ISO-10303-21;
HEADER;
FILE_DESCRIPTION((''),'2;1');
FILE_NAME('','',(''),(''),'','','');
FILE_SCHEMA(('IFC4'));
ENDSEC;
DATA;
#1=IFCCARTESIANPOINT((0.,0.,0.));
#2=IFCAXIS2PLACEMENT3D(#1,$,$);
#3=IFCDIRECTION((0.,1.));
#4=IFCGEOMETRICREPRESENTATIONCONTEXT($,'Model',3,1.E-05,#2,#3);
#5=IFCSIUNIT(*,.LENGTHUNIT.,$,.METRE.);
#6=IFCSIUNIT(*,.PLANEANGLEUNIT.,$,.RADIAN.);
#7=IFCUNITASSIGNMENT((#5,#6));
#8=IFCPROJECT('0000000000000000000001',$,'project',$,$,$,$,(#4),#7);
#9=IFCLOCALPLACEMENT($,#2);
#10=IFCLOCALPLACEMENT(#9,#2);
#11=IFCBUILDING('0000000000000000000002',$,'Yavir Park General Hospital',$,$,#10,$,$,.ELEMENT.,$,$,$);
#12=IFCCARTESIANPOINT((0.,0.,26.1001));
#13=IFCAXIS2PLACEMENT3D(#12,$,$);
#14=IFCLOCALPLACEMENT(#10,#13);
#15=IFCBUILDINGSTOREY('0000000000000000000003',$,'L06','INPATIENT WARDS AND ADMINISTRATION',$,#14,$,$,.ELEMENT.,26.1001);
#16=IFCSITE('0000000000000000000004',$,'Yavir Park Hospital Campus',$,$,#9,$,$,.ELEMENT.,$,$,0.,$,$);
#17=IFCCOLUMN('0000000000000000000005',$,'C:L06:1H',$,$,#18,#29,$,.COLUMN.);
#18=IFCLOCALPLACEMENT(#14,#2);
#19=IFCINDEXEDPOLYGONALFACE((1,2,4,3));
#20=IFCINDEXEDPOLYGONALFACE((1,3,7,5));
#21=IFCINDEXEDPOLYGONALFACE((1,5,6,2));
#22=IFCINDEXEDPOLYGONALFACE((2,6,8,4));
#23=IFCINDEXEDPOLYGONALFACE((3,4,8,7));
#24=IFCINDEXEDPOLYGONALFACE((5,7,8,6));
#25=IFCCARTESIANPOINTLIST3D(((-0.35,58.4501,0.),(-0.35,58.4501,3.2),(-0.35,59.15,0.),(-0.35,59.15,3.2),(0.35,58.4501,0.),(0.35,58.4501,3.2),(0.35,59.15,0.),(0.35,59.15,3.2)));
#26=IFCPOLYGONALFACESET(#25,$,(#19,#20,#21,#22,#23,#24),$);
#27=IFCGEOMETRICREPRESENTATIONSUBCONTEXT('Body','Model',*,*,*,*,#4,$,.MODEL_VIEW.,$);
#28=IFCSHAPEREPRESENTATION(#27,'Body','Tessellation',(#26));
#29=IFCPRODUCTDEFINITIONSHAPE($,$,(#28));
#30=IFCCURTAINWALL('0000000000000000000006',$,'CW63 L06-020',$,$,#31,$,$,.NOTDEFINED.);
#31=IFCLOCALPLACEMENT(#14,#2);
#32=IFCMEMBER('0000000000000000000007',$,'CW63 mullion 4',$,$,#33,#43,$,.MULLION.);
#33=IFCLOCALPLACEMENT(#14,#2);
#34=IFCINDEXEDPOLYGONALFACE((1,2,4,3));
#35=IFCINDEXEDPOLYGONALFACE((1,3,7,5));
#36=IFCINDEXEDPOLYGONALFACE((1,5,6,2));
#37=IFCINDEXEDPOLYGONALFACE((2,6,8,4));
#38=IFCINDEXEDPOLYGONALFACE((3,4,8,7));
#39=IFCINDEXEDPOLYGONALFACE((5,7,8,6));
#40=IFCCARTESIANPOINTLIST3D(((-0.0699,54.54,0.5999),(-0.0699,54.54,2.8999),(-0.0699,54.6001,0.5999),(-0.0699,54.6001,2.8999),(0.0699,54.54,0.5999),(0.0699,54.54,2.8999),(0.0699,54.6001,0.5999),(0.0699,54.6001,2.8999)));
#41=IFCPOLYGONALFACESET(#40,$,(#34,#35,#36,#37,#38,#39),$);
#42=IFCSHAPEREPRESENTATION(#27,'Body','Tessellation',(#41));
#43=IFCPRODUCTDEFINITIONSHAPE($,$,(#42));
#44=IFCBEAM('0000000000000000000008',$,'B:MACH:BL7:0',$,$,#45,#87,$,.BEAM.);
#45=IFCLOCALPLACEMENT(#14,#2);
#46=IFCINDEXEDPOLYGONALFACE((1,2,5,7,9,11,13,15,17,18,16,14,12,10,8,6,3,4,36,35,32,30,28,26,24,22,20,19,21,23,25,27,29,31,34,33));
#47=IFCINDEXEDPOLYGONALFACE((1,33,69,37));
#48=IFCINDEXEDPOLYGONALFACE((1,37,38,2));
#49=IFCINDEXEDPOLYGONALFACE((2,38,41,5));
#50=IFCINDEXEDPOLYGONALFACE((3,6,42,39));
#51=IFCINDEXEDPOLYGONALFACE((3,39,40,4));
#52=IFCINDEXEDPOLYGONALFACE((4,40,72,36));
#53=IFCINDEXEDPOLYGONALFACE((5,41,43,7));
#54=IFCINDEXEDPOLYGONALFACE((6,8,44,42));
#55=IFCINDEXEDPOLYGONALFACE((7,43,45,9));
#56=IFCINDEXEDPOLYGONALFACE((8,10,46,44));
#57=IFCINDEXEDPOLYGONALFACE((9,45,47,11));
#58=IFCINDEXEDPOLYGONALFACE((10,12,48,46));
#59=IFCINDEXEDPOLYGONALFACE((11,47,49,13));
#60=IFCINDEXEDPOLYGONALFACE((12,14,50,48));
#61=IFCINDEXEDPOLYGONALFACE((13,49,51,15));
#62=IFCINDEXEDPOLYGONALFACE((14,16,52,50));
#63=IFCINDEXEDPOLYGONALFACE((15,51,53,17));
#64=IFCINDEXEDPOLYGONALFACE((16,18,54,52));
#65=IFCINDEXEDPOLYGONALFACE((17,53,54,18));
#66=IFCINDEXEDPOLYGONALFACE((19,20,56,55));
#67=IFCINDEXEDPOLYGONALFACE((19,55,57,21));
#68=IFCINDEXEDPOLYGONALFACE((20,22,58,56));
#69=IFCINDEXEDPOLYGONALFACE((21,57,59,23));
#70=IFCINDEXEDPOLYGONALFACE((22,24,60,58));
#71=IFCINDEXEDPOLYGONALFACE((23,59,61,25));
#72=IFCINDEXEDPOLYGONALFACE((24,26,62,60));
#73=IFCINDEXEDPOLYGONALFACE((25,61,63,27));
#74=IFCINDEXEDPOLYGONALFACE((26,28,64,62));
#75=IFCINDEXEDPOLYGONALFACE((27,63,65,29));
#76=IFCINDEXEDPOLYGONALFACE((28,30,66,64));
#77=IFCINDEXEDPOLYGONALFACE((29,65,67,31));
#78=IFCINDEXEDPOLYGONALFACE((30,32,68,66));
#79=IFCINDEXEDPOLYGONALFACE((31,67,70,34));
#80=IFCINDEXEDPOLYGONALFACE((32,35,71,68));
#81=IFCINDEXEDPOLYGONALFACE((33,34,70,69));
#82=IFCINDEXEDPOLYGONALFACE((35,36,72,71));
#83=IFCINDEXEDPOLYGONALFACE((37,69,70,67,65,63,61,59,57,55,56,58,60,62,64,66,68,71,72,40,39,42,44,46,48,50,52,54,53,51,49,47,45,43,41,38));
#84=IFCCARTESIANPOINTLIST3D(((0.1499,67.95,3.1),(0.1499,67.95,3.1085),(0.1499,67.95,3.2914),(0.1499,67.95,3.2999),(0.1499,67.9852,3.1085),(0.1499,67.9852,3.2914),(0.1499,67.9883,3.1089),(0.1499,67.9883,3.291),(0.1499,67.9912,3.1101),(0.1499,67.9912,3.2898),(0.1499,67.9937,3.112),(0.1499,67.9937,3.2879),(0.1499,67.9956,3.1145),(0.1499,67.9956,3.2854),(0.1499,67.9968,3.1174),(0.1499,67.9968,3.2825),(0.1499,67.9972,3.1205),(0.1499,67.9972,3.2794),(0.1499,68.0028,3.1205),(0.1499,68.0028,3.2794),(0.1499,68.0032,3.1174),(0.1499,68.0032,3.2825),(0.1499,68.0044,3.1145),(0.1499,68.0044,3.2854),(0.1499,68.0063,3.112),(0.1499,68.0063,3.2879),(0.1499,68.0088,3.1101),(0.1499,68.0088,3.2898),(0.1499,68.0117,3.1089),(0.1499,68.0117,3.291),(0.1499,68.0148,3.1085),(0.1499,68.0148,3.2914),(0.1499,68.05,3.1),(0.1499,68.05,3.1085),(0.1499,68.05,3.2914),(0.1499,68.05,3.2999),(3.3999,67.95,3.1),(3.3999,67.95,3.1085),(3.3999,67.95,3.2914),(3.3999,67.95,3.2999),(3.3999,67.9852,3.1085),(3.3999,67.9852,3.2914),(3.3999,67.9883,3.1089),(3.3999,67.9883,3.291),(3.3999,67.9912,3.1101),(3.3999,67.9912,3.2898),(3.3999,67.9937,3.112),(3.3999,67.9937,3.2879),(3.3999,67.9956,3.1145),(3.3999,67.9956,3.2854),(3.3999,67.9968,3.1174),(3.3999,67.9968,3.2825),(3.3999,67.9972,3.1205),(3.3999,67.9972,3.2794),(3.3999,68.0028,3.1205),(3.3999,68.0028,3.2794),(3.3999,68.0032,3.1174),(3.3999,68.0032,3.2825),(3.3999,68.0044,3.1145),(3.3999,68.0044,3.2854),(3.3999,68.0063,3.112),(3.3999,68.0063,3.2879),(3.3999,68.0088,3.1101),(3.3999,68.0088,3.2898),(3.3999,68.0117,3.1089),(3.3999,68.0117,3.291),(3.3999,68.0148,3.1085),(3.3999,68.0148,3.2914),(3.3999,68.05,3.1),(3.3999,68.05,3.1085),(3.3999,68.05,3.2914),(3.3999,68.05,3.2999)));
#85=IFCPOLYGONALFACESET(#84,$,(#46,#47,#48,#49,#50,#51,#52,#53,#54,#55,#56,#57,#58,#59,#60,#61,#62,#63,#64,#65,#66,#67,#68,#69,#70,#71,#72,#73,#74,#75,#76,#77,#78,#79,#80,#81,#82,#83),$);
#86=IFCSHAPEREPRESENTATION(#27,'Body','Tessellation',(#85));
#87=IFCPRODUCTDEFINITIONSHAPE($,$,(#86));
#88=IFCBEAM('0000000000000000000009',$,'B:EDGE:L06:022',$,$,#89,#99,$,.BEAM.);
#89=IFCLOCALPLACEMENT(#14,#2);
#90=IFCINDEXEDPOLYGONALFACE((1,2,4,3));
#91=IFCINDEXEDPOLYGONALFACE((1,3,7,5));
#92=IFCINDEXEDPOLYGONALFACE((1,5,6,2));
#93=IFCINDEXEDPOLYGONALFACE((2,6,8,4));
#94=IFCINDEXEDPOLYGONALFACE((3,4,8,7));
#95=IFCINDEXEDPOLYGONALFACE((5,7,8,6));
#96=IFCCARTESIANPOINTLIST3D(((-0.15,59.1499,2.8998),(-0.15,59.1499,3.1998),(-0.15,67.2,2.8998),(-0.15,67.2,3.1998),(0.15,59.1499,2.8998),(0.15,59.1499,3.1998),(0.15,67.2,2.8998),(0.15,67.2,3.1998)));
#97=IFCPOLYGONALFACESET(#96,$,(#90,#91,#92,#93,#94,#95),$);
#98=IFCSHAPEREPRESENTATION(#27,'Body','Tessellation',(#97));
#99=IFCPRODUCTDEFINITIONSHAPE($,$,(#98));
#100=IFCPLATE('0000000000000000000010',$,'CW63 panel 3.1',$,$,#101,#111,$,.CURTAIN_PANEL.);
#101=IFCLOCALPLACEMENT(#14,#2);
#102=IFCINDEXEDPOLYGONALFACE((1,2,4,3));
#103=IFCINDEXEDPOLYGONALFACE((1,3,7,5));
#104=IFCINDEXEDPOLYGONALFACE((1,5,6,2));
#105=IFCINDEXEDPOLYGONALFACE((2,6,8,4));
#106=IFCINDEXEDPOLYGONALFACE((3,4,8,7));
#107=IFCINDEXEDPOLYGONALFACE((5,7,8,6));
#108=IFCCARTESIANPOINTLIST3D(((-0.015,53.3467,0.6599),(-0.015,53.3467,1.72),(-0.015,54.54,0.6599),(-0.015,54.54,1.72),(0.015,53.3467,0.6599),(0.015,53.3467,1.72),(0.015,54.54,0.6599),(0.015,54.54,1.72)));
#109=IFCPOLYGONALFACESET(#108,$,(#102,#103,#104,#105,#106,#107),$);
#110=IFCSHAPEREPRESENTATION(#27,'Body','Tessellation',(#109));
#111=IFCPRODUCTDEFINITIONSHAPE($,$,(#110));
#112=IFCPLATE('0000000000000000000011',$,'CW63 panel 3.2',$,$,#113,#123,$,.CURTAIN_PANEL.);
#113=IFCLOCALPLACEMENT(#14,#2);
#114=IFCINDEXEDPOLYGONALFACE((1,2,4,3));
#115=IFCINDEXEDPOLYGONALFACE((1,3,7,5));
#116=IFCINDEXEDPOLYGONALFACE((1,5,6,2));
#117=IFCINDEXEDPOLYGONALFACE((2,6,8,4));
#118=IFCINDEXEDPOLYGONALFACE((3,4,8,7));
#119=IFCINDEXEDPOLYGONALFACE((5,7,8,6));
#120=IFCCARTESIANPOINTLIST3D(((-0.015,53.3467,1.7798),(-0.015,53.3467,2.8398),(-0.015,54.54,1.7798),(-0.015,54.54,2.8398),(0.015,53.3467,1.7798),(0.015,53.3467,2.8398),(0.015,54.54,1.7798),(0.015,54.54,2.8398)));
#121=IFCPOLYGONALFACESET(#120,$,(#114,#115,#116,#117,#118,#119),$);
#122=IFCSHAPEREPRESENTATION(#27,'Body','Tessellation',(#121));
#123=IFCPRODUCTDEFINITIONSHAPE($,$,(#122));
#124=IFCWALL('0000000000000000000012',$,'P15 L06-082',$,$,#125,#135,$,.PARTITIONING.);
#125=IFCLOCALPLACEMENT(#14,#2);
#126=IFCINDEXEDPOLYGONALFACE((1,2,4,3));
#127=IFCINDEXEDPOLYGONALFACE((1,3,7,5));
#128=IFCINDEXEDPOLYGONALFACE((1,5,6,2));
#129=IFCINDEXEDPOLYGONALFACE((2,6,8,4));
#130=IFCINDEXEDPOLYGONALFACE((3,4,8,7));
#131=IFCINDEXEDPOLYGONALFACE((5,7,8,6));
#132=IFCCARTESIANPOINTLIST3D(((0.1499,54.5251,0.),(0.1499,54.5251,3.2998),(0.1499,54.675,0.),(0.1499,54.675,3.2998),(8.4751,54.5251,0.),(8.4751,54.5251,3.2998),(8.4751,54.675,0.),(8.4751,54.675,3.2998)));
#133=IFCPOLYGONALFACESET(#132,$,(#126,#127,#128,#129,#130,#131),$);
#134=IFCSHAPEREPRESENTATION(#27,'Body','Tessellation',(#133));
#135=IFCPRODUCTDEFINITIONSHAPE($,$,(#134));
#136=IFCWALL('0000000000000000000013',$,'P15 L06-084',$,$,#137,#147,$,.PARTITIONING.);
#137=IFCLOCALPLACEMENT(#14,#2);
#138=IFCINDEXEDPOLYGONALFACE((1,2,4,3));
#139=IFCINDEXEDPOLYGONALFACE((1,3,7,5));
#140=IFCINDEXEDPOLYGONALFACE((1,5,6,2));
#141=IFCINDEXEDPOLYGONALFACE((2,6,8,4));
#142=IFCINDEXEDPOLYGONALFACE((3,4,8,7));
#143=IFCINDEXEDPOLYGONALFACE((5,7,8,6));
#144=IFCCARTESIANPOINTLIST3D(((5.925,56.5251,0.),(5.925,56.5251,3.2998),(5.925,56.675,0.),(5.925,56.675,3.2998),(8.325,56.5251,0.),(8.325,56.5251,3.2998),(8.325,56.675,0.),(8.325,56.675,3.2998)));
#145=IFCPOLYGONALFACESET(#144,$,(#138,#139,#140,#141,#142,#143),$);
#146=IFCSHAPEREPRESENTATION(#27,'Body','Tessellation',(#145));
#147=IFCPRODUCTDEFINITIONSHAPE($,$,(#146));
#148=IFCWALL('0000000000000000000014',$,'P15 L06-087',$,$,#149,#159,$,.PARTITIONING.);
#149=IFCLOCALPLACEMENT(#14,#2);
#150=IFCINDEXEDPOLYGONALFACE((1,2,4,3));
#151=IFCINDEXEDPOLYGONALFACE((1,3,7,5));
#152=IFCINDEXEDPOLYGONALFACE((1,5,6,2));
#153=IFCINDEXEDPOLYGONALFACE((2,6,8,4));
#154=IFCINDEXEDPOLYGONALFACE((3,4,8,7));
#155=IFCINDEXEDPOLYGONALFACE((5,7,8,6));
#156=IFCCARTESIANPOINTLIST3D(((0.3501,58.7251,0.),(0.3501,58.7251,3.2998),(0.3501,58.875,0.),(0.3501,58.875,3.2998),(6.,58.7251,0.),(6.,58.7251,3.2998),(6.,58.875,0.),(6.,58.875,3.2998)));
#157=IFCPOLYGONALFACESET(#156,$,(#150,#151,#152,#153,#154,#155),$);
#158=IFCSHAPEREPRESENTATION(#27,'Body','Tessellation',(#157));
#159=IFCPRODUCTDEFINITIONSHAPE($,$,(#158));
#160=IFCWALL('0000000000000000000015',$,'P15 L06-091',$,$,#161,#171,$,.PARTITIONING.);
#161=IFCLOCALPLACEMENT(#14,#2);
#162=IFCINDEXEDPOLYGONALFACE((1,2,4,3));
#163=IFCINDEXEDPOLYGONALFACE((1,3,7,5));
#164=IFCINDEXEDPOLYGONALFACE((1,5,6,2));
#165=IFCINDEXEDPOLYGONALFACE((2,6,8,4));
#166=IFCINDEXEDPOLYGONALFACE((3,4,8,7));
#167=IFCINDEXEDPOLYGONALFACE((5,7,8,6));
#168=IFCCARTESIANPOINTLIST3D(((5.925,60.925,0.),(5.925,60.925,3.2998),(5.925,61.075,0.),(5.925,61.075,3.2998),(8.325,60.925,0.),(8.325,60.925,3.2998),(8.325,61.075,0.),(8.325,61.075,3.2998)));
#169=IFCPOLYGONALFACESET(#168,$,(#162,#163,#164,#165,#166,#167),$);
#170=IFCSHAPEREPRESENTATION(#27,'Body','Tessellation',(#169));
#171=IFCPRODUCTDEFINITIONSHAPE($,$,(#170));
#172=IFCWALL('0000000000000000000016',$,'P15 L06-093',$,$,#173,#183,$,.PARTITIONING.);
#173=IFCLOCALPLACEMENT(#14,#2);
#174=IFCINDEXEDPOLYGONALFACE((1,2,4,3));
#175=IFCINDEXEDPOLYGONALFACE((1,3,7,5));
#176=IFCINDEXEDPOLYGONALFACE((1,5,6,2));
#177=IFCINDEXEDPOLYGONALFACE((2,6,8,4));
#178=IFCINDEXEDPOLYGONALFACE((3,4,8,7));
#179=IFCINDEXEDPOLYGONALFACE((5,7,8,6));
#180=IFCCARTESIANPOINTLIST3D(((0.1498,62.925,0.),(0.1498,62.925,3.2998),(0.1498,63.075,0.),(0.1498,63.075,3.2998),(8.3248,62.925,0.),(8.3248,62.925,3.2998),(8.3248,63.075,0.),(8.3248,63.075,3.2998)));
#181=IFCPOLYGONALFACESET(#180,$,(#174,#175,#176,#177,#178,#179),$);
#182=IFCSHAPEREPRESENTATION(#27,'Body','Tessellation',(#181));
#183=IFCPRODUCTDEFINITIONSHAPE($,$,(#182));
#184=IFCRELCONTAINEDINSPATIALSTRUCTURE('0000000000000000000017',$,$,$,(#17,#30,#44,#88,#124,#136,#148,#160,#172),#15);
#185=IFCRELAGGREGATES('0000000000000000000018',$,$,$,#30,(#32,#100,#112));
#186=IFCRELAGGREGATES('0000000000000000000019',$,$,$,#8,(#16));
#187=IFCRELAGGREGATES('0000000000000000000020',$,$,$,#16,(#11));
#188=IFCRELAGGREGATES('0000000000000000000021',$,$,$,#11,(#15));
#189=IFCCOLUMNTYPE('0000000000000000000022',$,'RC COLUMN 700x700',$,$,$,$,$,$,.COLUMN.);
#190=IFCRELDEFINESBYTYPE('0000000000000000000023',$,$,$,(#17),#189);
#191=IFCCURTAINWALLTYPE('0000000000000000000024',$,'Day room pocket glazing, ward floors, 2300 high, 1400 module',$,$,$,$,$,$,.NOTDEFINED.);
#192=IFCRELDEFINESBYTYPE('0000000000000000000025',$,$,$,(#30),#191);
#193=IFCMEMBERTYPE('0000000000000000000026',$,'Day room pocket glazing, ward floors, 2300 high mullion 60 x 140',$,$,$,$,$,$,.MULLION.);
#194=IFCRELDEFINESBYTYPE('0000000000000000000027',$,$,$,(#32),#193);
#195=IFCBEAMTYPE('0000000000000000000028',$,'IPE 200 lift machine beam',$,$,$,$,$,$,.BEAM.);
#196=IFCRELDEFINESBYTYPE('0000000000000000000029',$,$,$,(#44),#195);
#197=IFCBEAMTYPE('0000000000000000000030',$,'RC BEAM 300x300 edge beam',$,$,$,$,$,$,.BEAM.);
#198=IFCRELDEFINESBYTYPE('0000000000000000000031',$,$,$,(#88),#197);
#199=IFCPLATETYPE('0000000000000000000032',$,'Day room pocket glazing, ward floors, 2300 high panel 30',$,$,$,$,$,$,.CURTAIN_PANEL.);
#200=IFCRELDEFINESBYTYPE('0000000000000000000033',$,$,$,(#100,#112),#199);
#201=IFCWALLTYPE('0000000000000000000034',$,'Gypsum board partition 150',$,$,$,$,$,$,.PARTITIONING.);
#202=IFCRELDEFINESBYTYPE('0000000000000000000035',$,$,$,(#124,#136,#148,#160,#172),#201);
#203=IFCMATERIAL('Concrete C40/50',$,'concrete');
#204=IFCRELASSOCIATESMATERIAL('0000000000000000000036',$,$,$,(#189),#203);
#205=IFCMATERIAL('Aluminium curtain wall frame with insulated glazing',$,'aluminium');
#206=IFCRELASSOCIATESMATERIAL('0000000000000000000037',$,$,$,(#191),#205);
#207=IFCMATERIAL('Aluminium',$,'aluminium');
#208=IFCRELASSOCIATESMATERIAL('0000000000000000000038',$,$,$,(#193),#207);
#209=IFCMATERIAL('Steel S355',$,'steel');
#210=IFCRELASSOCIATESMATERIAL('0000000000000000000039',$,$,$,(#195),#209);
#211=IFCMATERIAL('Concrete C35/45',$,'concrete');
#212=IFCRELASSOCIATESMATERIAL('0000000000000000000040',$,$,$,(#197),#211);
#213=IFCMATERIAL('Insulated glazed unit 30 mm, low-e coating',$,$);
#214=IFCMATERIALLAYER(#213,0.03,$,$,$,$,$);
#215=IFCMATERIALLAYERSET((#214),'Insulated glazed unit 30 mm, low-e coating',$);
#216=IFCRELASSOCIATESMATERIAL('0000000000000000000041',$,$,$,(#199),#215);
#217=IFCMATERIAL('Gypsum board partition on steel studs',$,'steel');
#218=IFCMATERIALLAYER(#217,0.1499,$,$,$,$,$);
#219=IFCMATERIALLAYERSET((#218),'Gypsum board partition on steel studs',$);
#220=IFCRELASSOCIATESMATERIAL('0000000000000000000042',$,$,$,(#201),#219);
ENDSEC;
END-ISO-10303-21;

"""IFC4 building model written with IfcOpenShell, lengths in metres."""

from ifc_helpers import new_model, si_unit, direction, frame, frame_2d, origin, origin_2d, place, context, subcontext, project, spatial, rectangle, i_section, extrude, material, layer, layer_set, material_profile, profile_set, type_object, element, aggregate, save


model = new_model("IFC4")

# Units and contexts
model_context = context("Model", 3, precision=1e-05, world=origin(), true_north=direction((0.0, 1.0)))
body_context = subcontext(model_context, "Body", "Model", "MODEL_VIEW")
ifc_project = project(units=[si_unit("LENGTHUNIT", "METRE"), si_unit("PLANEANGLEUNIT", "RADIAN")], contexts=[model_context])

# Site, building, storey
site_placement = place(None, origin())
site = spatial("IfcSite", under=ifc_project, at=site_placement, Name="Yavir Park Hospital Campus", CompositionType="ELEMENT", RefElevation=0.0)
building_placement = place(site_placement, origin())
building = spatial("IfcBuilding", under=site, at=building_placement, Name="Yavir Park General Hospital", CompositionType="ELEMENT")
storey_placement = place(building_placement, frame((0.0, 0.0, 26.1001)))
storey = spatial("IfcBuildingStorey", under=building, at=storey_placement, Name="L06", Description="INPATIENT WARDS AND ADMINISTRATION", CompositionType="ELEMENT", Elevation=26.1001)

# Column
ifc_material_1 = material(Name="Concrete C40/50", Category="concrete")
ifc_material_profile_1 = material_profile(ifc_material_1, rectangle(XDim=0.7, YDim=0.7, at=origin_2d()), Name="RC700x700")
ifc_profile_set_1 = profile_set([ifc_material_profile_1], Name="Concrete C40/50")
column_type = type_object("IfcColumnType", Name="RC COLUMN 700x700", PredefinedType="COLUMN", material=ifc_profile_set_1)
column_placement = place(storey_placement, frame((0.0, 58.8, 0.0), z_axis=(0.0, 0.0, 1.0), x_axis=(1.0, 0.0, 0.0)))
element("IfcColumn", 1, at=column_placement, inside=storey, type_object=column_type, Name="C:L06:1H", PredefinedType="COLUMN", context=body_context, shape_type="SweptSolid", body=[
    extrude(rectangle(XDim=0.7, YDim=0.7, at=origin_2d()), origin(), (0.0, 0.0, 1.0), 3.2),
])

# Curtain wall, member
ifc_material_2 = material(Name="Aluminium curtain wall frame with insulated glazing", Category="aluminium")
curtain_wall_type = type_object("IfcCurtainWallType", Name="Day room pocket glazing, ward floors, 2300 high, 1400 module", PredefinedType="NOTDEFINED", material=ifc_material_2)
curtain_wall_placement = place(storey_placement, origin())
curtain_wall = element("IfcCurtainWall", 2, at=curtain_wall_placement, inside=storey, type_object=curtain_wall_type, Name="CW63 L06-020", PredefinedType="NOTDEFINED")
ifc_material_3 = material(Name="Aluminium", Category="aluminium")
ifc_material_profile_2 = material_profile(ifc_material_3, rectangle(XDim=0.1399, YDim=0.0601, at=origin_2d()), Name="AL 60x140")
ifc_profile_set_2 = profile_set([ifc_material_profile_2], Name="Aluminium")
member_type = type_object("IfcMemberType", Name="Day room pocket glazing, ward floors, 2300 high mullion 60 x 140", PredefinedType="MULLION", material=ifc_profile_set_2)
member_placement = place(storey_placement, frame((0.0, 54.5701, 0.5999), z_axis=(0.0, 0.0, 1.0), x_axis=(-1.0, 0.0, 0.0)))
member = element("IfcMember", 3, at=member_placement, type_object=member_type, Name="CW63 mullion 4", PredefinedType="MULLION", context=body_context, shape_type="SweptSolid", body=[
    extrude(rectangle(XDim=0.1399, YDim=0.0601, at=origin_2d()), origin(), (0.0, 0.0, 1.0), 2.3),
])

# Beams
ifc_material_4 = material(Name="Steel S355", Category="steel")
ifc_material_profile_3 = material_profile(ifc_material_4, i_section(OverallWidth=0.1001, OverallDepth=0.2, WebThickness=0.0056, FlangeThickness=0.0085, FilletRadius=0.012, at=origin_2d()), Name="IPE200")
ifc_profile_set_3 = profile_set([ifc_material_profile_3], Name="Steel S355")
beam_type_1 = type_object("IfcBeamType", Name="IPE 200 lift machine beam", PredefinedType="BEAM", material=ifc_profile_set_3)
beam_1_placement = place(storey_placement, frame((0.1499, 68.0, 3.2), z_axis=(1.0, 0.0, 0.0), x_axis=(0.0, 1.0, 0.0)))
element("IfcBeam", 4, at=beam_1_placement, inside=storey, type_object=beam_type_1, Name="B:MACH:BL7:0", PredefinedType="BEAM", context=body_context, shape_type="SweptSolid", body=[
    extrude(i_section(OverallWidth=0.1001, OverallDepth=0.2, WebThickness=0.0056, FlangeThickness=0.0085, FilletRadius=0.012, at=origin_2d()), origin(), (0.0, 0.0, 1.0), 3.25),
])
ifc_material_5 = material(Name="Concrete C35/45", Category="concrete")
ifc_material_profile_4 = material_profile(ifc_material_5, rectangle(XDim=0.3, YDim=0.3, at=origin_2d()), Name="RC300x300")
ifc_profile_set_4 = profile_set([ifc_material_profile_4], Name="Concrete C35/45")
beam_type_2 = type_object("IfcBeamType", Name="RC BEAM 300x300 edge beam", PredefinedType="BEAM", material=ifc_profile_set_4)
beam_2_placement = place(storey_placement, frame((0.0, 59.1499, 3.0498), z_axis=(0.0, 1.0, 0.0), x_axis=(-1.0, 0.0, 0.0)))
element("IfcBeam", 5, at=beam_2_placement, inside=storey, type_object=beam_type_2, Name="B:EDGE:L06:022", PredefinedType="BEAM", context=body_context, shape_type="SweptSolid", body=[
    extrude(rectangle(XDim=0.3, YDim=0.3, at=origin_2d()), origin(), (0.0, 0.0, 1.0), 8.05),
])

# Plates
ifc_material_6 = material(Name="Insulated glazed unit 30 mm, low-e coating")
ifc_layer_1 = layer(ifc_material_6, 0.03)
ifc_layer_set_1 = layer_set([ifc_layer_1], Name="Insulated glazed unit 30 mm, low-e coating")
plate_type = type_object("IfcPlateType", Name="Day room pocket glazing, ward floors, 2300 high panel 30", PredefinedType="CURTAIN_PANEL", material=ifc_layer_set_1)
plate_1_placement = place(storey_placement, frame((0.0, 53.9434, 0.6599), z_axis=(0.0, 0.0, 1.0), x_axis=(0.0, 1.0, 0.0)))
plate_1 = element("IfcPlate", 6, at=plate_1_placement, type_object=plate_type, Name="CW63 panel 3.1", PredefinedType="CURTAIN_PANEL", context=body_context, shape_type="SweptSolid", body=[
    extrude(rectangle(XDim=1.1934, YDim=0.03, at=origin_2d()), origin(), (0.0, 0.0, 1.0), 1.0601),
])
plate_2_placement = place(storey_placement, frame((0.0, 53.9434, 1.7798), z_axis=(0.0, 0.0, 1.0), x_axis=(0.0, 1.0, 0.0)))
plate_2 = element("IfcPlate", 7, at=plate_2_placement, type_object=plate_type, Name="CW63 panel 3.2", PredefinedType="CURTAIN_PANEL", context=body_context, shape_type="SweptSolid", body=[
    extrude(rectangle(XDim=1.1934, YDim=0.03, at=origin_2d()), origin(), (0.0, 0.0, 1.0), 1.0601),
])
aggregate(curtain_wall, [member, plate_1, plate_2])

# Walls
ifc_material_7 = material(Name="Gypsum board partition on steel studs", Category="steel")
ifc_layer_2 = layer(ifc_material_7, 0.1499)
ifc_layer_set_2 = layer_set([ifc_layer_2], Name="Gypsum board partition on steel studs")
wall_type_1 = type_object("IfcWallType", Name="Gypsum board partition 150", PredefinedType="PARTITIONING", material=ifc_layer_set_2)
wall_1_placement = place(storey_placement, frame((0.1499, 54.6001, 0.0), z_axis=(0.0, 0.0, 1.0), x_axis=(1.0, 0.0, 0.0)))
element("IfcWall", 8, at=wall_1_placement, inside=storey, type_object=wall_type_1, Name="P15 L06-082", PredefinedType="PARTITIONING", context=body_context, shape_type="SweptSolid", body=[
    extrude(rectangle(XDim=8.3252, YDim=0.1499, at=frame_2d((4.1626, 0.0))), origin(), (0.0, 0.0, 1.0), 3.2998),
])
wall_2_placement = place(storey_placement, frame((5.925, 56.6001, 0.0), z_axis=(0.0, 0.0, 1.0), x_axis=(1.0, 0.0, 0.0)))
element("IfcWall", 9, at=wall_2_placement, inside=storey, type_object=wall_type_1, Name="P15 L06-084", PredefinedType="PARTITIONING", context=body_context, shape_type="SweptSolid", body=[
    extrude(rectangle(XDim=2.3999, YDim=0.1499, at=frame_2d((1.2, 0.0))), origin(), (0.0, 0.0, 1.0), 3.2998),
])
wall_3_placement = place(storey_placement, frame((0.3501, 58.8, 0.0), z_axis=(0.0, 0.0, 1.0), x_axis=(1.0, 0.0, 0.0)))
element("IfcWall", 10, at=wall_3_placement, inside=storey, type_object=wall_type_1, Name="P15 L06-087", PredefinedType="PARTITIONING", context=body_context, shape_type="SweptSolid", body=[
    extrude(rectangle(XDim=5.6499, YDim=0.1499, at=frame_2d((2.825, 0.0))), origin(), (0.0, 0.0, 1.0), 3.2998),
])
wall_4_placement = place(storey_placement, frame((5.925, 61.0, 0.0), z_axis=(0.0, 0.0, 1.0), x_axis=(1.0, 0.0, 0.0)))
element("IfcWall", 11, at=wall_4_placement, inside=storey, type_object=wall_type_1, Name="P15 L06-091", PredefinedType="PARTITIONING", context=body_context, shape_type="SweptSolid", body=[
    extrude(rectangle(XDim=2.3999, YDim=0.1499, at=frame_2d((1.2, 0.0))), origin(), (0.0, 0.0, 1.0), 3.2998),
])
wall_5_placement = place(storey_placement, frame((0.1499, 63.0, 0.0), z_axis=(0.0, 0.0, 1.0), x_axis=(1.0, 0.0, 0.0)))
element("IfcWall", 12, at=wall_5_placement, inside=storey, type_object=wall_type_1, Name="P15 L06-093", PredefinedType="PARTITIONING", context=body_context, shape_type="SweptSolid", body=[
    extrude(rectangle(XDim=8.175, YDim=0.1499, at=frame_2d((4.0874, 0.0))), origin(), (0.0, 0.0, 1.0), 3.2998),
])

save(model, "model.ifc")
